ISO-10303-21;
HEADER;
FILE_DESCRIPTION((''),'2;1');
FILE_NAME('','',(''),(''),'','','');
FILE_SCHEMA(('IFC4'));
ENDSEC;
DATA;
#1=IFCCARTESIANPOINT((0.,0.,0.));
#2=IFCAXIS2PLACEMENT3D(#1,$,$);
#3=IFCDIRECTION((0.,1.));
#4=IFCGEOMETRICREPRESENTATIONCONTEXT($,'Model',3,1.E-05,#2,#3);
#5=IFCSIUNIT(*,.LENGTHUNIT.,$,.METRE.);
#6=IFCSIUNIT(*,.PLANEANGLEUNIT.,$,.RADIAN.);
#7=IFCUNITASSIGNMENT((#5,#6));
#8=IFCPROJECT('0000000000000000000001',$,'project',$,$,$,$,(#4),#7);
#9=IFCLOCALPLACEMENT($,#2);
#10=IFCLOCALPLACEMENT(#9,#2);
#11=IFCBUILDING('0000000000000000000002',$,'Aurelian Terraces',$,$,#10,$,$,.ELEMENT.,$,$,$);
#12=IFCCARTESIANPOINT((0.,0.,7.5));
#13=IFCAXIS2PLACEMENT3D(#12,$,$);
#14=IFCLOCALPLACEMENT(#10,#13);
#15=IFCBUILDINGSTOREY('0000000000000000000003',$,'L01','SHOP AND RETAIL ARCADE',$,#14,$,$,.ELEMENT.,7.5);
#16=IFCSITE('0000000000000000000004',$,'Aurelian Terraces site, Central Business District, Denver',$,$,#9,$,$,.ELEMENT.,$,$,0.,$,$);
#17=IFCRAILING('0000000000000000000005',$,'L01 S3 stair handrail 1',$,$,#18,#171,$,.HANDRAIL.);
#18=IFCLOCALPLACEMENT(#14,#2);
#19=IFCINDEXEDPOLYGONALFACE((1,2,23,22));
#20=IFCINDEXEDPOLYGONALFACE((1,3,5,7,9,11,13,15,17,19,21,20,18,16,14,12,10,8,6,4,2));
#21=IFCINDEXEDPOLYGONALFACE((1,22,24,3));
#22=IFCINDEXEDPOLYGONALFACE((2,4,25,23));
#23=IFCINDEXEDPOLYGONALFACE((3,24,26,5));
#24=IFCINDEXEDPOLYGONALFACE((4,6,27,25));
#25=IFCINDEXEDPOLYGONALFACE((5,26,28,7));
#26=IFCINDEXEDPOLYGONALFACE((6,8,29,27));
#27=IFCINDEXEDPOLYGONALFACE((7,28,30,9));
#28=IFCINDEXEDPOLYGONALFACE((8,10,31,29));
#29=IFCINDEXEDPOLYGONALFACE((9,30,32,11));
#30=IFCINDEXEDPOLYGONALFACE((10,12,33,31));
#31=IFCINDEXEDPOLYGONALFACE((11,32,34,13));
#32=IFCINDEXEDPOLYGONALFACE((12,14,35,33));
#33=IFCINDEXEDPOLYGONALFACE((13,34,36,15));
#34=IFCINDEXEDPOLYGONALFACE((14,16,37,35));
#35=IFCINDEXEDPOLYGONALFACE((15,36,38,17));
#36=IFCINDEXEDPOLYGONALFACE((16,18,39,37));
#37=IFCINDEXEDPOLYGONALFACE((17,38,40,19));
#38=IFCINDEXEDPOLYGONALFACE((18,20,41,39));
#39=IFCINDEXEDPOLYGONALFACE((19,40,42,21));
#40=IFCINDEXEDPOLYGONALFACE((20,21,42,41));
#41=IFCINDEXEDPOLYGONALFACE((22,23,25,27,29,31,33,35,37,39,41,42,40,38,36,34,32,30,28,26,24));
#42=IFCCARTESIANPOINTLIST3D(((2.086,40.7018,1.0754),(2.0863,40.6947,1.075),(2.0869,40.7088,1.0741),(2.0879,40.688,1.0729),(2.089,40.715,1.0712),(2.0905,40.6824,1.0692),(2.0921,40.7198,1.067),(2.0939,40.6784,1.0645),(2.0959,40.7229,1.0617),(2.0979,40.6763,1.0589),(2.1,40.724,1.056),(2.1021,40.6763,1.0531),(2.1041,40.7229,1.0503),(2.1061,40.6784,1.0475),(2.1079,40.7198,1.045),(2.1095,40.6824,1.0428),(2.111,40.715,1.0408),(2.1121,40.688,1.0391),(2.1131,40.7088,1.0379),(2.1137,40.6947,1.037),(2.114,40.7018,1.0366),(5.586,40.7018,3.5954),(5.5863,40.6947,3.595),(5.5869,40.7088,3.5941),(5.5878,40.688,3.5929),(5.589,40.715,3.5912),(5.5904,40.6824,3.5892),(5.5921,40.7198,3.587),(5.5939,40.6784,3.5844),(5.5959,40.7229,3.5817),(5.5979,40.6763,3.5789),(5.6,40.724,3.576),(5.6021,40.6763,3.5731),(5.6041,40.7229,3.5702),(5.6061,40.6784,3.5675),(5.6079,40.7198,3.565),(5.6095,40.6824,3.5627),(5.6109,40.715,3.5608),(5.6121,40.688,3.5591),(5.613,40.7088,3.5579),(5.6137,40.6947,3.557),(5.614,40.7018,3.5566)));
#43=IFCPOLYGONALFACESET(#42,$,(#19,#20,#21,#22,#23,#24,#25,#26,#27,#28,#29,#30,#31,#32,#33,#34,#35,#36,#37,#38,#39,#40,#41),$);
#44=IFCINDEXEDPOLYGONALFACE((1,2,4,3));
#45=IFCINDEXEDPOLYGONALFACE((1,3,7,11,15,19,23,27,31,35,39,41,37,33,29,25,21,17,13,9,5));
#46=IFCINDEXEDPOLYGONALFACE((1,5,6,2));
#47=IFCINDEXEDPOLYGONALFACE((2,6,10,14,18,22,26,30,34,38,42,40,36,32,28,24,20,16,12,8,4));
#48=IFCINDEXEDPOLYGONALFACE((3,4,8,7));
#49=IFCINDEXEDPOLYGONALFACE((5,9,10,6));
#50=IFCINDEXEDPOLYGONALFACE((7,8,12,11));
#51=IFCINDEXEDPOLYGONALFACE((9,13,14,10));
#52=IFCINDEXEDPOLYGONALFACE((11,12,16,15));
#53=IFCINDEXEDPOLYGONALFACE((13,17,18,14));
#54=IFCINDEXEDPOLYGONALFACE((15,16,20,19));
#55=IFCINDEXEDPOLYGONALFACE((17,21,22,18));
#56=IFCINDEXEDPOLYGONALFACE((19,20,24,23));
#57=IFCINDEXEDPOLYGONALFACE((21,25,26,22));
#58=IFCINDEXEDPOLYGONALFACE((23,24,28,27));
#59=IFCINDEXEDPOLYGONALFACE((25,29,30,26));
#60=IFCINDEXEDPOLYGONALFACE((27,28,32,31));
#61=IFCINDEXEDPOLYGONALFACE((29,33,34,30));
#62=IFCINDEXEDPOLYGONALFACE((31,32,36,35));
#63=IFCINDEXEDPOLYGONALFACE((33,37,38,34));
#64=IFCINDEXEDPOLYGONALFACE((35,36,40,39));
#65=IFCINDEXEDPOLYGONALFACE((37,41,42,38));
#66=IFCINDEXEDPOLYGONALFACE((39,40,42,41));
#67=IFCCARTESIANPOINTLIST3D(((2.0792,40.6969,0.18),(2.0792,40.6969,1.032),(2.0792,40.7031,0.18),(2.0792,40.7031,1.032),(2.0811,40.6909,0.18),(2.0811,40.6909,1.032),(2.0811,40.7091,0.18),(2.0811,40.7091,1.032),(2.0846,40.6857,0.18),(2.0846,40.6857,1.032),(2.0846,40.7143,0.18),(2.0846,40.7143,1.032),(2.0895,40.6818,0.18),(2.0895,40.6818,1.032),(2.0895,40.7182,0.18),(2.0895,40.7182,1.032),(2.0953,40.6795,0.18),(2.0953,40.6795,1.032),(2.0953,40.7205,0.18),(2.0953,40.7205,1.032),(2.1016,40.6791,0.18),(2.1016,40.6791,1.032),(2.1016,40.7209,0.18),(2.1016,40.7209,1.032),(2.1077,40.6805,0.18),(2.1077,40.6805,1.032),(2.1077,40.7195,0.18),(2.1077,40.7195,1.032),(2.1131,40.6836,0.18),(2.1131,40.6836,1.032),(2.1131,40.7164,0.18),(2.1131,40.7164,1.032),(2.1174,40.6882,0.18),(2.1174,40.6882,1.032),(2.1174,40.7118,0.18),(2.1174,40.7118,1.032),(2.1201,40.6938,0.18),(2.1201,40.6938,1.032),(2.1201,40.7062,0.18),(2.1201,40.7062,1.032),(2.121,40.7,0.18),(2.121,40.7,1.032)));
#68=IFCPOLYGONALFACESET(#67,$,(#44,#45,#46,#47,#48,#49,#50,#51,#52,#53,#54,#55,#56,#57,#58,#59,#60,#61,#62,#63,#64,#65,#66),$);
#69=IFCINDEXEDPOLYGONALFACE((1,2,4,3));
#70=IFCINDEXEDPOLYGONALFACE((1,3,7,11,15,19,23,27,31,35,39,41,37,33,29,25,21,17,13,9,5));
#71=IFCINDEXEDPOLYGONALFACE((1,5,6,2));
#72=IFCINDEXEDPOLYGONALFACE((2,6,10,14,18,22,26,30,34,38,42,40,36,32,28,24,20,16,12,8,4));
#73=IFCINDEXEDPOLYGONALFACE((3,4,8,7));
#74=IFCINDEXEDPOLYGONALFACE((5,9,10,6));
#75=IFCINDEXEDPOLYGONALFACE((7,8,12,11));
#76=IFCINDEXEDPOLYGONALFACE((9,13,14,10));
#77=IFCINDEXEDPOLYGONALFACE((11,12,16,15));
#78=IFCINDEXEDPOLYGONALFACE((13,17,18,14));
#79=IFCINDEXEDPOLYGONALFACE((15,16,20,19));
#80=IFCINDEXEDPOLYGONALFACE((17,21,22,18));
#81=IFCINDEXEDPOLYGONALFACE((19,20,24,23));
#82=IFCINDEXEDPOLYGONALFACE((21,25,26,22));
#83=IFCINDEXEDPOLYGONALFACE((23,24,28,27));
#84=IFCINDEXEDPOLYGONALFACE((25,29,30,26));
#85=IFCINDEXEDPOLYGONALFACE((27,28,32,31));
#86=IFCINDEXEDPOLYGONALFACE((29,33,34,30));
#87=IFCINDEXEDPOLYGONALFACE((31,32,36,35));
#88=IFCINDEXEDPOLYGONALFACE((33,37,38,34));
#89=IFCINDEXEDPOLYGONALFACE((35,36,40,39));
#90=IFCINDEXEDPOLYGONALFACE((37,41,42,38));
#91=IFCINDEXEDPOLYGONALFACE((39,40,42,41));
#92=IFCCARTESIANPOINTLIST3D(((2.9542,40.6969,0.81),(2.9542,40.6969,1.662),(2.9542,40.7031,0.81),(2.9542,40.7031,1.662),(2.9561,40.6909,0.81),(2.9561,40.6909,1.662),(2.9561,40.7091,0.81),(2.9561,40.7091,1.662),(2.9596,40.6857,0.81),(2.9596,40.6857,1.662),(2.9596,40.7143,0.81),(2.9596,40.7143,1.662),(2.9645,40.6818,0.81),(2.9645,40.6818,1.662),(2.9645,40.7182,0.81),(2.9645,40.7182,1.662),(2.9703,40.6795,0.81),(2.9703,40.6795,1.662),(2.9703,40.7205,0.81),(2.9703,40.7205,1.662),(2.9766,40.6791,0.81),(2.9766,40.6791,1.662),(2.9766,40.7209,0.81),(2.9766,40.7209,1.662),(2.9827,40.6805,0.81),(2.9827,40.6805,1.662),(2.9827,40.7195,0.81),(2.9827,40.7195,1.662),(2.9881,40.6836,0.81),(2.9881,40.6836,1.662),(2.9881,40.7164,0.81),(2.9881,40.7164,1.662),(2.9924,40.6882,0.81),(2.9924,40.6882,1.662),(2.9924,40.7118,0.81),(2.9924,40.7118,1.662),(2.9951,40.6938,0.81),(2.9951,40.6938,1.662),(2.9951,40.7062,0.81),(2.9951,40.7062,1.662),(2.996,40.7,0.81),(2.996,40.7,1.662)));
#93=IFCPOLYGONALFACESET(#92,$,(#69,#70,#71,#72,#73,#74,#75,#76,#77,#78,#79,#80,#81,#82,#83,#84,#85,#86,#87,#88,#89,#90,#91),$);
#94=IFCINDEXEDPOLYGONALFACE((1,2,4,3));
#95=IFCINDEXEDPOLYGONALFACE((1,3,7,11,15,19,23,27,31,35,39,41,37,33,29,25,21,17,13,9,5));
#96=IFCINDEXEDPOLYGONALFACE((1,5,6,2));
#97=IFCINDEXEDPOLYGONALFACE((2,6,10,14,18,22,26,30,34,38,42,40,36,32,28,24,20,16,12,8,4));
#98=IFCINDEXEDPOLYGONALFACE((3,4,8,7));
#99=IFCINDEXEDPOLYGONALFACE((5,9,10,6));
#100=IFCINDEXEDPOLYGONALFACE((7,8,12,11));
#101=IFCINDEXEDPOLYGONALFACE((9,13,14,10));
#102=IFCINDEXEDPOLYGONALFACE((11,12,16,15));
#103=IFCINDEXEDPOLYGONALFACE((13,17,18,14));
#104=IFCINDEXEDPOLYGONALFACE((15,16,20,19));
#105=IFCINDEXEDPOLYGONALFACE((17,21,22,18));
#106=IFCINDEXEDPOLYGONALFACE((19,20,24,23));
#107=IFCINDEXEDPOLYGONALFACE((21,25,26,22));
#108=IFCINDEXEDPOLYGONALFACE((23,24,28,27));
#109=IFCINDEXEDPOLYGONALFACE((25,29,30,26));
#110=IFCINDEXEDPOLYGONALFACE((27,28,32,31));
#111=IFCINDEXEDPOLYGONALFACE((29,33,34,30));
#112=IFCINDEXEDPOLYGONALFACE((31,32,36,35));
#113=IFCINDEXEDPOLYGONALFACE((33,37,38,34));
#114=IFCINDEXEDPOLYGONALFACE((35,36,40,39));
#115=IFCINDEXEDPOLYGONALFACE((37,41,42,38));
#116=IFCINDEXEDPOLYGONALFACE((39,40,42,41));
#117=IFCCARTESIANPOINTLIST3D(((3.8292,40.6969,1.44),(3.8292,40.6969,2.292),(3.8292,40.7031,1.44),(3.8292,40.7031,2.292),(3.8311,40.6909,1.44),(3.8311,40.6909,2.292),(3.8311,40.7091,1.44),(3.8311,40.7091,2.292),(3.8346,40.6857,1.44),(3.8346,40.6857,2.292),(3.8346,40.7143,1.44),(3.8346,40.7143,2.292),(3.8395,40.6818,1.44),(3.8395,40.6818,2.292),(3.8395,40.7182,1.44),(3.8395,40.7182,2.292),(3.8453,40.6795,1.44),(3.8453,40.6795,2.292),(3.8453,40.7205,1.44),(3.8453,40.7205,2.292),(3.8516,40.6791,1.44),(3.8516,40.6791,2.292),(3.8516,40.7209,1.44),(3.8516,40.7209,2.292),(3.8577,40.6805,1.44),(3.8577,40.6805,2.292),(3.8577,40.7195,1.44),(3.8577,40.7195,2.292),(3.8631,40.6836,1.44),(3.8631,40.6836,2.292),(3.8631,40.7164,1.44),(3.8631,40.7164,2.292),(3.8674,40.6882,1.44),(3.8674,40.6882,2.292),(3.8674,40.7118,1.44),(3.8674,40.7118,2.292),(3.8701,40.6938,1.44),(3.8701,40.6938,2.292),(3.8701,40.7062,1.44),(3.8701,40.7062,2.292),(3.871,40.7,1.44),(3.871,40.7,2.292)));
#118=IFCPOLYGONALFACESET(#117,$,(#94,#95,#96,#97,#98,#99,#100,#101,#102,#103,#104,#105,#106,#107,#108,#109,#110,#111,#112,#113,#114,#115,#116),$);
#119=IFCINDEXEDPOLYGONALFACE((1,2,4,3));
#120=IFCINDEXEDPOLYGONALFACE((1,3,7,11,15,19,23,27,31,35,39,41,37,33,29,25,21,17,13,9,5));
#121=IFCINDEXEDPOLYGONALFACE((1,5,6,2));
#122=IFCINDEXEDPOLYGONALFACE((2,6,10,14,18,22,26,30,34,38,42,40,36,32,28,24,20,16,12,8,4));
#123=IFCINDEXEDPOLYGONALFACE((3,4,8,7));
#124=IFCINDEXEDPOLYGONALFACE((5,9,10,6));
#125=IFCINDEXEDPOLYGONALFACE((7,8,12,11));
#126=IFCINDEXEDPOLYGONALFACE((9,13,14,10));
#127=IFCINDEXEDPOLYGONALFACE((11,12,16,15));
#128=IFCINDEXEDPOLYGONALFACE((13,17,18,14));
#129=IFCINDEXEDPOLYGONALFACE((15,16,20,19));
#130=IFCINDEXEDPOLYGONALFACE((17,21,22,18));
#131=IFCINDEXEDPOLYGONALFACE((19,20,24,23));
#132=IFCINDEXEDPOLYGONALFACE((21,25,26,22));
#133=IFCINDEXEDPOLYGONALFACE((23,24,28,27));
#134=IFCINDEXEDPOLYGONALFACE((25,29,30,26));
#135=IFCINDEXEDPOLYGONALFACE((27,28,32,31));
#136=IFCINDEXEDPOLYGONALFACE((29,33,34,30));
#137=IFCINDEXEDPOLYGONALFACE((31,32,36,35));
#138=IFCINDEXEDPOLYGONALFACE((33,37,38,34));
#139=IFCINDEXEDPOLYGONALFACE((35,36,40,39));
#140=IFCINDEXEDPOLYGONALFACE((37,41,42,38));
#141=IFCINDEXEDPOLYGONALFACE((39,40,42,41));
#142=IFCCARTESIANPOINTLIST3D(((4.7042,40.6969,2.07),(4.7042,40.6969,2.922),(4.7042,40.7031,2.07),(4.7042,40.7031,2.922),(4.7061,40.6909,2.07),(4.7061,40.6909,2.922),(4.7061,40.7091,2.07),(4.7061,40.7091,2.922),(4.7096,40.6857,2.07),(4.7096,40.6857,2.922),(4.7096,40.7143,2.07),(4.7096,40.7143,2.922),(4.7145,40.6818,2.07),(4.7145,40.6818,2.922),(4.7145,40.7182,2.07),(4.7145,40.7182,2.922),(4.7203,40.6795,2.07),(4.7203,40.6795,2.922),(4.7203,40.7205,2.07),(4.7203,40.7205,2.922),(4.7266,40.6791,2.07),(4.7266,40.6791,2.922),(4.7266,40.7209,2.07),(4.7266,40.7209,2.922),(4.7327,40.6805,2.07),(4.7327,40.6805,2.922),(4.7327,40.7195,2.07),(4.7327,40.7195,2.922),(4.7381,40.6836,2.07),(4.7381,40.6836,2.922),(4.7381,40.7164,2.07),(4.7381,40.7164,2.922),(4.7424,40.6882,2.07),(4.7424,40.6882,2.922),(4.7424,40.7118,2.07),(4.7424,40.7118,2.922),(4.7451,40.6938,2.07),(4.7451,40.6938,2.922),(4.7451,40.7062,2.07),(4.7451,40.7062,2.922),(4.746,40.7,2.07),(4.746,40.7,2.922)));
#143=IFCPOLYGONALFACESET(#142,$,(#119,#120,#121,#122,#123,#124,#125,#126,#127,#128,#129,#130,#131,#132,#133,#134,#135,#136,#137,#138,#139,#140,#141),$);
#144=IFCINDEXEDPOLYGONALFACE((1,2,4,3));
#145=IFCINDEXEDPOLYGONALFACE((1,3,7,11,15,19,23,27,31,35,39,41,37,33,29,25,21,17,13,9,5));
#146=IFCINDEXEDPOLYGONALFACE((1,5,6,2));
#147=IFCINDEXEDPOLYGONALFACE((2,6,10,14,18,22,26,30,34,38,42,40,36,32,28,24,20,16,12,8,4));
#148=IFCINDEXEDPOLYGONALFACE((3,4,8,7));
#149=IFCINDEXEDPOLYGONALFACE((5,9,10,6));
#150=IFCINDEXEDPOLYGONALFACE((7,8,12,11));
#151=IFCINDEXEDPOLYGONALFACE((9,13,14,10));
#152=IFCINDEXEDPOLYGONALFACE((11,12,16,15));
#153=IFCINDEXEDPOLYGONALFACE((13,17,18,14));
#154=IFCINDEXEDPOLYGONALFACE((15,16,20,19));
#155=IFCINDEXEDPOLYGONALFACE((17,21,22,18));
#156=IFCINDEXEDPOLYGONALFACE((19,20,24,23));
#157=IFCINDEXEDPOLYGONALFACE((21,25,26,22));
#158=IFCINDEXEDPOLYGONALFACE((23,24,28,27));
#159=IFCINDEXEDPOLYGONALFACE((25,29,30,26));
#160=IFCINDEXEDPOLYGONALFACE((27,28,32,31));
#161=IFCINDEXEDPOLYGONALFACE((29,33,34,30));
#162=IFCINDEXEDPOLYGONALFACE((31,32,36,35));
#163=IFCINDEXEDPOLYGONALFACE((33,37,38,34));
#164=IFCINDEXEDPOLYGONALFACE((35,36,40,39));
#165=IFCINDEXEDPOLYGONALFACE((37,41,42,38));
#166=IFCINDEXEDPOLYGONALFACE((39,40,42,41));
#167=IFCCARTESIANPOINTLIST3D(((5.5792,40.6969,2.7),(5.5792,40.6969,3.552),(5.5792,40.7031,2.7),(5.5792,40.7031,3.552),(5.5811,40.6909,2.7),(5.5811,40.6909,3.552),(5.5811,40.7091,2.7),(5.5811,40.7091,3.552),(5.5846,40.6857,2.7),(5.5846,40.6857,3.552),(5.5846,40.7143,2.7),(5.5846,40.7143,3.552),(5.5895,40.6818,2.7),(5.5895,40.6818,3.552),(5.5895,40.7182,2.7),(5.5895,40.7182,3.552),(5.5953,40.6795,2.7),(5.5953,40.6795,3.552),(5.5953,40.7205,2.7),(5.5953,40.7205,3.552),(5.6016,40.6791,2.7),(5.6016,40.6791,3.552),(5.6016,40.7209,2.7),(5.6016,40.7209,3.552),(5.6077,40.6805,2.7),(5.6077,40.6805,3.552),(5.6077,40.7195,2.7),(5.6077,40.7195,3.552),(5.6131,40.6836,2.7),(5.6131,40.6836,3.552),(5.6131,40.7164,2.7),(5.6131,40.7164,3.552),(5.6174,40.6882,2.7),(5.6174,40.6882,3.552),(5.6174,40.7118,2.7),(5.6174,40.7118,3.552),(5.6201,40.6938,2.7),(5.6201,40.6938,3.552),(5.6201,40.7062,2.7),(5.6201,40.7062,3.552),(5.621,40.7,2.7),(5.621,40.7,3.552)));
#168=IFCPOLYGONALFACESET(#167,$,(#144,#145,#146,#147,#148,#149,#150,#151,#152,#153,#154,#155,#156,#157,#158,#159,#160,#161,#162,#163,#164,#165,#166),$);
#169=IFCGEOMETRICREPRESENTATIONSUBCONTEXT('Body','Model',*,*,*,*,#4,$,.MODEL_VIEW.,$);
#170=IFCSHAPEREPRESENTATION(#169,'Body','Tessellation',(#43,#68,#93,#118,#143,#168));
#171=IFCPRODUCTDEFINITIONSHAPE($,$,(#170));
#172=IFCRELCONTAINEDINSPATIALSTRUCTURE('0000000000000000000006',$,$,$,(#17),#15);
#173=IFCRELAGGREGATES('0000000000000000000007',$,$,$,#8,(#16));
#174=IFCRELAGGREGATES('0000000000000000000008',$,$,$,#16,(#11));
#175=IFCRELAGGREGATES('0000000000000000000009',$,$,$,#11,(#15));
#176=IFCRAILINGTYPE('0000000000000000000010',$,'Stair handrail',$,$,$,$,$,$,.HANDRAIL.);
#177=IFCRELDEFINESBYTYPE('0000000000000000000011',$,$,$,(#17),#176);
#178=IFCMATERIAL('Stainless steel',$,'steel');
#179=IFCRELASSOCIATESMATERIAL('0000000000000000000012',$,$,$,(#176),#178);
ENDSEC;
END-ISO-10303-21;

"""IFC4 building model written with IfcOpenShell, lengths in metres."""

from ifc_helpers import new_model, si_unit, direction, frame, origin, origin_2d, place, context, subcontext, project, spatial, circle, extrude, material, type_object, element, save


model = new_model("IFC4")

# Units and contexts
model_context = context("Model", 3, precision=1e-05, world=origin(), true_north=direction((0.0, 1.0)))
body_context = subcontext(model_context, "Body", "Model", "MODEL_VIEW")
ifc_project = project(units=[si_unit("LENGTHUNIT", "METRE"), si_unit("PLANEANGLEUNIT", "RADIAN")], contexts=[model_context])

# Site, building, storey
site_placement = place(None, origin())
site = spatial("IfcSite", under=ifc_project, at=site_placement, Name="Aurelian Terraces site, Central Business District, Denver", CompositionType="ELEMENT", RefElevation=0.0)
building_placement = place(site_placement, origin())
building = spatial("IfcBuilding", under=site, at=building_placement, Name="Aurelian Terraces", CompositionType="ELEMENT")
storey_placement = place(building_placement, frame((0.0, 0.0, 7.5)))
storey = spatial("IfcBuildingStorey", under=building, at=storey_placement, Name="L01", Description="SHOP AND RETAIL ARCADE", CompositionType="ELEMENT", Elevation=7.5)

# Railing
ifc_material_1 = material(Name="Stainless steel", Category="steel")
railing_type_1 = type_object("IfcRailingType", Name="Stair handrail", PredefinedType="HANDRAIL", material=ifc_material_1)
railing_1_placement = place(storey_placement, frame((2.1, 40.7, 0.18)))
element("IfcRailing", 1, at=railing_1_placement, inside=storey, type_object=railing_type_1, Name="L01 S3 stair handrail 1", PredefinedType="HANDRAIL", context=body_context, shape_type="SweptSolid", body=[
    extrude(circle(Radius=0.024, at=origin_2d()), frame((0.0, 0.0, 0.876), z_axis=(0.811534, 0.0, 0.584305), x_axis=(0.0, 1.0, 0.0)), (0.0, 0.0, 1.0), 4.3128),
    extrude(circle(Radius=0.021, at=origin_2d()), origin(), (0.0, 0.0, 1.0), 0.852),
    extrude(circle(Radius=0.021, at=origin_2d()), frame((0.875, 0.0, 0.63)), (0.0, 0.0, 1.0), 0.852),
    extrude(circle(Radius=0.021, at=origin_2d()), frame((1.75, 0.0, 1.26)), (0.0, 0.0, 1.0), 0.852),
    extrude(circle(Radius=0.021, at=origin_2d()), frame((2.625, 0.0, 1.89)), (0.0, 0.0, 1.0), 0.852),
    extrude(circle(Radius=0.021, at=origin_2d()), frame((3.5, 0.0, 2.52)), (0.0, 0.0, 1.0), 0.852),
])

save(model, "model.ifc")
